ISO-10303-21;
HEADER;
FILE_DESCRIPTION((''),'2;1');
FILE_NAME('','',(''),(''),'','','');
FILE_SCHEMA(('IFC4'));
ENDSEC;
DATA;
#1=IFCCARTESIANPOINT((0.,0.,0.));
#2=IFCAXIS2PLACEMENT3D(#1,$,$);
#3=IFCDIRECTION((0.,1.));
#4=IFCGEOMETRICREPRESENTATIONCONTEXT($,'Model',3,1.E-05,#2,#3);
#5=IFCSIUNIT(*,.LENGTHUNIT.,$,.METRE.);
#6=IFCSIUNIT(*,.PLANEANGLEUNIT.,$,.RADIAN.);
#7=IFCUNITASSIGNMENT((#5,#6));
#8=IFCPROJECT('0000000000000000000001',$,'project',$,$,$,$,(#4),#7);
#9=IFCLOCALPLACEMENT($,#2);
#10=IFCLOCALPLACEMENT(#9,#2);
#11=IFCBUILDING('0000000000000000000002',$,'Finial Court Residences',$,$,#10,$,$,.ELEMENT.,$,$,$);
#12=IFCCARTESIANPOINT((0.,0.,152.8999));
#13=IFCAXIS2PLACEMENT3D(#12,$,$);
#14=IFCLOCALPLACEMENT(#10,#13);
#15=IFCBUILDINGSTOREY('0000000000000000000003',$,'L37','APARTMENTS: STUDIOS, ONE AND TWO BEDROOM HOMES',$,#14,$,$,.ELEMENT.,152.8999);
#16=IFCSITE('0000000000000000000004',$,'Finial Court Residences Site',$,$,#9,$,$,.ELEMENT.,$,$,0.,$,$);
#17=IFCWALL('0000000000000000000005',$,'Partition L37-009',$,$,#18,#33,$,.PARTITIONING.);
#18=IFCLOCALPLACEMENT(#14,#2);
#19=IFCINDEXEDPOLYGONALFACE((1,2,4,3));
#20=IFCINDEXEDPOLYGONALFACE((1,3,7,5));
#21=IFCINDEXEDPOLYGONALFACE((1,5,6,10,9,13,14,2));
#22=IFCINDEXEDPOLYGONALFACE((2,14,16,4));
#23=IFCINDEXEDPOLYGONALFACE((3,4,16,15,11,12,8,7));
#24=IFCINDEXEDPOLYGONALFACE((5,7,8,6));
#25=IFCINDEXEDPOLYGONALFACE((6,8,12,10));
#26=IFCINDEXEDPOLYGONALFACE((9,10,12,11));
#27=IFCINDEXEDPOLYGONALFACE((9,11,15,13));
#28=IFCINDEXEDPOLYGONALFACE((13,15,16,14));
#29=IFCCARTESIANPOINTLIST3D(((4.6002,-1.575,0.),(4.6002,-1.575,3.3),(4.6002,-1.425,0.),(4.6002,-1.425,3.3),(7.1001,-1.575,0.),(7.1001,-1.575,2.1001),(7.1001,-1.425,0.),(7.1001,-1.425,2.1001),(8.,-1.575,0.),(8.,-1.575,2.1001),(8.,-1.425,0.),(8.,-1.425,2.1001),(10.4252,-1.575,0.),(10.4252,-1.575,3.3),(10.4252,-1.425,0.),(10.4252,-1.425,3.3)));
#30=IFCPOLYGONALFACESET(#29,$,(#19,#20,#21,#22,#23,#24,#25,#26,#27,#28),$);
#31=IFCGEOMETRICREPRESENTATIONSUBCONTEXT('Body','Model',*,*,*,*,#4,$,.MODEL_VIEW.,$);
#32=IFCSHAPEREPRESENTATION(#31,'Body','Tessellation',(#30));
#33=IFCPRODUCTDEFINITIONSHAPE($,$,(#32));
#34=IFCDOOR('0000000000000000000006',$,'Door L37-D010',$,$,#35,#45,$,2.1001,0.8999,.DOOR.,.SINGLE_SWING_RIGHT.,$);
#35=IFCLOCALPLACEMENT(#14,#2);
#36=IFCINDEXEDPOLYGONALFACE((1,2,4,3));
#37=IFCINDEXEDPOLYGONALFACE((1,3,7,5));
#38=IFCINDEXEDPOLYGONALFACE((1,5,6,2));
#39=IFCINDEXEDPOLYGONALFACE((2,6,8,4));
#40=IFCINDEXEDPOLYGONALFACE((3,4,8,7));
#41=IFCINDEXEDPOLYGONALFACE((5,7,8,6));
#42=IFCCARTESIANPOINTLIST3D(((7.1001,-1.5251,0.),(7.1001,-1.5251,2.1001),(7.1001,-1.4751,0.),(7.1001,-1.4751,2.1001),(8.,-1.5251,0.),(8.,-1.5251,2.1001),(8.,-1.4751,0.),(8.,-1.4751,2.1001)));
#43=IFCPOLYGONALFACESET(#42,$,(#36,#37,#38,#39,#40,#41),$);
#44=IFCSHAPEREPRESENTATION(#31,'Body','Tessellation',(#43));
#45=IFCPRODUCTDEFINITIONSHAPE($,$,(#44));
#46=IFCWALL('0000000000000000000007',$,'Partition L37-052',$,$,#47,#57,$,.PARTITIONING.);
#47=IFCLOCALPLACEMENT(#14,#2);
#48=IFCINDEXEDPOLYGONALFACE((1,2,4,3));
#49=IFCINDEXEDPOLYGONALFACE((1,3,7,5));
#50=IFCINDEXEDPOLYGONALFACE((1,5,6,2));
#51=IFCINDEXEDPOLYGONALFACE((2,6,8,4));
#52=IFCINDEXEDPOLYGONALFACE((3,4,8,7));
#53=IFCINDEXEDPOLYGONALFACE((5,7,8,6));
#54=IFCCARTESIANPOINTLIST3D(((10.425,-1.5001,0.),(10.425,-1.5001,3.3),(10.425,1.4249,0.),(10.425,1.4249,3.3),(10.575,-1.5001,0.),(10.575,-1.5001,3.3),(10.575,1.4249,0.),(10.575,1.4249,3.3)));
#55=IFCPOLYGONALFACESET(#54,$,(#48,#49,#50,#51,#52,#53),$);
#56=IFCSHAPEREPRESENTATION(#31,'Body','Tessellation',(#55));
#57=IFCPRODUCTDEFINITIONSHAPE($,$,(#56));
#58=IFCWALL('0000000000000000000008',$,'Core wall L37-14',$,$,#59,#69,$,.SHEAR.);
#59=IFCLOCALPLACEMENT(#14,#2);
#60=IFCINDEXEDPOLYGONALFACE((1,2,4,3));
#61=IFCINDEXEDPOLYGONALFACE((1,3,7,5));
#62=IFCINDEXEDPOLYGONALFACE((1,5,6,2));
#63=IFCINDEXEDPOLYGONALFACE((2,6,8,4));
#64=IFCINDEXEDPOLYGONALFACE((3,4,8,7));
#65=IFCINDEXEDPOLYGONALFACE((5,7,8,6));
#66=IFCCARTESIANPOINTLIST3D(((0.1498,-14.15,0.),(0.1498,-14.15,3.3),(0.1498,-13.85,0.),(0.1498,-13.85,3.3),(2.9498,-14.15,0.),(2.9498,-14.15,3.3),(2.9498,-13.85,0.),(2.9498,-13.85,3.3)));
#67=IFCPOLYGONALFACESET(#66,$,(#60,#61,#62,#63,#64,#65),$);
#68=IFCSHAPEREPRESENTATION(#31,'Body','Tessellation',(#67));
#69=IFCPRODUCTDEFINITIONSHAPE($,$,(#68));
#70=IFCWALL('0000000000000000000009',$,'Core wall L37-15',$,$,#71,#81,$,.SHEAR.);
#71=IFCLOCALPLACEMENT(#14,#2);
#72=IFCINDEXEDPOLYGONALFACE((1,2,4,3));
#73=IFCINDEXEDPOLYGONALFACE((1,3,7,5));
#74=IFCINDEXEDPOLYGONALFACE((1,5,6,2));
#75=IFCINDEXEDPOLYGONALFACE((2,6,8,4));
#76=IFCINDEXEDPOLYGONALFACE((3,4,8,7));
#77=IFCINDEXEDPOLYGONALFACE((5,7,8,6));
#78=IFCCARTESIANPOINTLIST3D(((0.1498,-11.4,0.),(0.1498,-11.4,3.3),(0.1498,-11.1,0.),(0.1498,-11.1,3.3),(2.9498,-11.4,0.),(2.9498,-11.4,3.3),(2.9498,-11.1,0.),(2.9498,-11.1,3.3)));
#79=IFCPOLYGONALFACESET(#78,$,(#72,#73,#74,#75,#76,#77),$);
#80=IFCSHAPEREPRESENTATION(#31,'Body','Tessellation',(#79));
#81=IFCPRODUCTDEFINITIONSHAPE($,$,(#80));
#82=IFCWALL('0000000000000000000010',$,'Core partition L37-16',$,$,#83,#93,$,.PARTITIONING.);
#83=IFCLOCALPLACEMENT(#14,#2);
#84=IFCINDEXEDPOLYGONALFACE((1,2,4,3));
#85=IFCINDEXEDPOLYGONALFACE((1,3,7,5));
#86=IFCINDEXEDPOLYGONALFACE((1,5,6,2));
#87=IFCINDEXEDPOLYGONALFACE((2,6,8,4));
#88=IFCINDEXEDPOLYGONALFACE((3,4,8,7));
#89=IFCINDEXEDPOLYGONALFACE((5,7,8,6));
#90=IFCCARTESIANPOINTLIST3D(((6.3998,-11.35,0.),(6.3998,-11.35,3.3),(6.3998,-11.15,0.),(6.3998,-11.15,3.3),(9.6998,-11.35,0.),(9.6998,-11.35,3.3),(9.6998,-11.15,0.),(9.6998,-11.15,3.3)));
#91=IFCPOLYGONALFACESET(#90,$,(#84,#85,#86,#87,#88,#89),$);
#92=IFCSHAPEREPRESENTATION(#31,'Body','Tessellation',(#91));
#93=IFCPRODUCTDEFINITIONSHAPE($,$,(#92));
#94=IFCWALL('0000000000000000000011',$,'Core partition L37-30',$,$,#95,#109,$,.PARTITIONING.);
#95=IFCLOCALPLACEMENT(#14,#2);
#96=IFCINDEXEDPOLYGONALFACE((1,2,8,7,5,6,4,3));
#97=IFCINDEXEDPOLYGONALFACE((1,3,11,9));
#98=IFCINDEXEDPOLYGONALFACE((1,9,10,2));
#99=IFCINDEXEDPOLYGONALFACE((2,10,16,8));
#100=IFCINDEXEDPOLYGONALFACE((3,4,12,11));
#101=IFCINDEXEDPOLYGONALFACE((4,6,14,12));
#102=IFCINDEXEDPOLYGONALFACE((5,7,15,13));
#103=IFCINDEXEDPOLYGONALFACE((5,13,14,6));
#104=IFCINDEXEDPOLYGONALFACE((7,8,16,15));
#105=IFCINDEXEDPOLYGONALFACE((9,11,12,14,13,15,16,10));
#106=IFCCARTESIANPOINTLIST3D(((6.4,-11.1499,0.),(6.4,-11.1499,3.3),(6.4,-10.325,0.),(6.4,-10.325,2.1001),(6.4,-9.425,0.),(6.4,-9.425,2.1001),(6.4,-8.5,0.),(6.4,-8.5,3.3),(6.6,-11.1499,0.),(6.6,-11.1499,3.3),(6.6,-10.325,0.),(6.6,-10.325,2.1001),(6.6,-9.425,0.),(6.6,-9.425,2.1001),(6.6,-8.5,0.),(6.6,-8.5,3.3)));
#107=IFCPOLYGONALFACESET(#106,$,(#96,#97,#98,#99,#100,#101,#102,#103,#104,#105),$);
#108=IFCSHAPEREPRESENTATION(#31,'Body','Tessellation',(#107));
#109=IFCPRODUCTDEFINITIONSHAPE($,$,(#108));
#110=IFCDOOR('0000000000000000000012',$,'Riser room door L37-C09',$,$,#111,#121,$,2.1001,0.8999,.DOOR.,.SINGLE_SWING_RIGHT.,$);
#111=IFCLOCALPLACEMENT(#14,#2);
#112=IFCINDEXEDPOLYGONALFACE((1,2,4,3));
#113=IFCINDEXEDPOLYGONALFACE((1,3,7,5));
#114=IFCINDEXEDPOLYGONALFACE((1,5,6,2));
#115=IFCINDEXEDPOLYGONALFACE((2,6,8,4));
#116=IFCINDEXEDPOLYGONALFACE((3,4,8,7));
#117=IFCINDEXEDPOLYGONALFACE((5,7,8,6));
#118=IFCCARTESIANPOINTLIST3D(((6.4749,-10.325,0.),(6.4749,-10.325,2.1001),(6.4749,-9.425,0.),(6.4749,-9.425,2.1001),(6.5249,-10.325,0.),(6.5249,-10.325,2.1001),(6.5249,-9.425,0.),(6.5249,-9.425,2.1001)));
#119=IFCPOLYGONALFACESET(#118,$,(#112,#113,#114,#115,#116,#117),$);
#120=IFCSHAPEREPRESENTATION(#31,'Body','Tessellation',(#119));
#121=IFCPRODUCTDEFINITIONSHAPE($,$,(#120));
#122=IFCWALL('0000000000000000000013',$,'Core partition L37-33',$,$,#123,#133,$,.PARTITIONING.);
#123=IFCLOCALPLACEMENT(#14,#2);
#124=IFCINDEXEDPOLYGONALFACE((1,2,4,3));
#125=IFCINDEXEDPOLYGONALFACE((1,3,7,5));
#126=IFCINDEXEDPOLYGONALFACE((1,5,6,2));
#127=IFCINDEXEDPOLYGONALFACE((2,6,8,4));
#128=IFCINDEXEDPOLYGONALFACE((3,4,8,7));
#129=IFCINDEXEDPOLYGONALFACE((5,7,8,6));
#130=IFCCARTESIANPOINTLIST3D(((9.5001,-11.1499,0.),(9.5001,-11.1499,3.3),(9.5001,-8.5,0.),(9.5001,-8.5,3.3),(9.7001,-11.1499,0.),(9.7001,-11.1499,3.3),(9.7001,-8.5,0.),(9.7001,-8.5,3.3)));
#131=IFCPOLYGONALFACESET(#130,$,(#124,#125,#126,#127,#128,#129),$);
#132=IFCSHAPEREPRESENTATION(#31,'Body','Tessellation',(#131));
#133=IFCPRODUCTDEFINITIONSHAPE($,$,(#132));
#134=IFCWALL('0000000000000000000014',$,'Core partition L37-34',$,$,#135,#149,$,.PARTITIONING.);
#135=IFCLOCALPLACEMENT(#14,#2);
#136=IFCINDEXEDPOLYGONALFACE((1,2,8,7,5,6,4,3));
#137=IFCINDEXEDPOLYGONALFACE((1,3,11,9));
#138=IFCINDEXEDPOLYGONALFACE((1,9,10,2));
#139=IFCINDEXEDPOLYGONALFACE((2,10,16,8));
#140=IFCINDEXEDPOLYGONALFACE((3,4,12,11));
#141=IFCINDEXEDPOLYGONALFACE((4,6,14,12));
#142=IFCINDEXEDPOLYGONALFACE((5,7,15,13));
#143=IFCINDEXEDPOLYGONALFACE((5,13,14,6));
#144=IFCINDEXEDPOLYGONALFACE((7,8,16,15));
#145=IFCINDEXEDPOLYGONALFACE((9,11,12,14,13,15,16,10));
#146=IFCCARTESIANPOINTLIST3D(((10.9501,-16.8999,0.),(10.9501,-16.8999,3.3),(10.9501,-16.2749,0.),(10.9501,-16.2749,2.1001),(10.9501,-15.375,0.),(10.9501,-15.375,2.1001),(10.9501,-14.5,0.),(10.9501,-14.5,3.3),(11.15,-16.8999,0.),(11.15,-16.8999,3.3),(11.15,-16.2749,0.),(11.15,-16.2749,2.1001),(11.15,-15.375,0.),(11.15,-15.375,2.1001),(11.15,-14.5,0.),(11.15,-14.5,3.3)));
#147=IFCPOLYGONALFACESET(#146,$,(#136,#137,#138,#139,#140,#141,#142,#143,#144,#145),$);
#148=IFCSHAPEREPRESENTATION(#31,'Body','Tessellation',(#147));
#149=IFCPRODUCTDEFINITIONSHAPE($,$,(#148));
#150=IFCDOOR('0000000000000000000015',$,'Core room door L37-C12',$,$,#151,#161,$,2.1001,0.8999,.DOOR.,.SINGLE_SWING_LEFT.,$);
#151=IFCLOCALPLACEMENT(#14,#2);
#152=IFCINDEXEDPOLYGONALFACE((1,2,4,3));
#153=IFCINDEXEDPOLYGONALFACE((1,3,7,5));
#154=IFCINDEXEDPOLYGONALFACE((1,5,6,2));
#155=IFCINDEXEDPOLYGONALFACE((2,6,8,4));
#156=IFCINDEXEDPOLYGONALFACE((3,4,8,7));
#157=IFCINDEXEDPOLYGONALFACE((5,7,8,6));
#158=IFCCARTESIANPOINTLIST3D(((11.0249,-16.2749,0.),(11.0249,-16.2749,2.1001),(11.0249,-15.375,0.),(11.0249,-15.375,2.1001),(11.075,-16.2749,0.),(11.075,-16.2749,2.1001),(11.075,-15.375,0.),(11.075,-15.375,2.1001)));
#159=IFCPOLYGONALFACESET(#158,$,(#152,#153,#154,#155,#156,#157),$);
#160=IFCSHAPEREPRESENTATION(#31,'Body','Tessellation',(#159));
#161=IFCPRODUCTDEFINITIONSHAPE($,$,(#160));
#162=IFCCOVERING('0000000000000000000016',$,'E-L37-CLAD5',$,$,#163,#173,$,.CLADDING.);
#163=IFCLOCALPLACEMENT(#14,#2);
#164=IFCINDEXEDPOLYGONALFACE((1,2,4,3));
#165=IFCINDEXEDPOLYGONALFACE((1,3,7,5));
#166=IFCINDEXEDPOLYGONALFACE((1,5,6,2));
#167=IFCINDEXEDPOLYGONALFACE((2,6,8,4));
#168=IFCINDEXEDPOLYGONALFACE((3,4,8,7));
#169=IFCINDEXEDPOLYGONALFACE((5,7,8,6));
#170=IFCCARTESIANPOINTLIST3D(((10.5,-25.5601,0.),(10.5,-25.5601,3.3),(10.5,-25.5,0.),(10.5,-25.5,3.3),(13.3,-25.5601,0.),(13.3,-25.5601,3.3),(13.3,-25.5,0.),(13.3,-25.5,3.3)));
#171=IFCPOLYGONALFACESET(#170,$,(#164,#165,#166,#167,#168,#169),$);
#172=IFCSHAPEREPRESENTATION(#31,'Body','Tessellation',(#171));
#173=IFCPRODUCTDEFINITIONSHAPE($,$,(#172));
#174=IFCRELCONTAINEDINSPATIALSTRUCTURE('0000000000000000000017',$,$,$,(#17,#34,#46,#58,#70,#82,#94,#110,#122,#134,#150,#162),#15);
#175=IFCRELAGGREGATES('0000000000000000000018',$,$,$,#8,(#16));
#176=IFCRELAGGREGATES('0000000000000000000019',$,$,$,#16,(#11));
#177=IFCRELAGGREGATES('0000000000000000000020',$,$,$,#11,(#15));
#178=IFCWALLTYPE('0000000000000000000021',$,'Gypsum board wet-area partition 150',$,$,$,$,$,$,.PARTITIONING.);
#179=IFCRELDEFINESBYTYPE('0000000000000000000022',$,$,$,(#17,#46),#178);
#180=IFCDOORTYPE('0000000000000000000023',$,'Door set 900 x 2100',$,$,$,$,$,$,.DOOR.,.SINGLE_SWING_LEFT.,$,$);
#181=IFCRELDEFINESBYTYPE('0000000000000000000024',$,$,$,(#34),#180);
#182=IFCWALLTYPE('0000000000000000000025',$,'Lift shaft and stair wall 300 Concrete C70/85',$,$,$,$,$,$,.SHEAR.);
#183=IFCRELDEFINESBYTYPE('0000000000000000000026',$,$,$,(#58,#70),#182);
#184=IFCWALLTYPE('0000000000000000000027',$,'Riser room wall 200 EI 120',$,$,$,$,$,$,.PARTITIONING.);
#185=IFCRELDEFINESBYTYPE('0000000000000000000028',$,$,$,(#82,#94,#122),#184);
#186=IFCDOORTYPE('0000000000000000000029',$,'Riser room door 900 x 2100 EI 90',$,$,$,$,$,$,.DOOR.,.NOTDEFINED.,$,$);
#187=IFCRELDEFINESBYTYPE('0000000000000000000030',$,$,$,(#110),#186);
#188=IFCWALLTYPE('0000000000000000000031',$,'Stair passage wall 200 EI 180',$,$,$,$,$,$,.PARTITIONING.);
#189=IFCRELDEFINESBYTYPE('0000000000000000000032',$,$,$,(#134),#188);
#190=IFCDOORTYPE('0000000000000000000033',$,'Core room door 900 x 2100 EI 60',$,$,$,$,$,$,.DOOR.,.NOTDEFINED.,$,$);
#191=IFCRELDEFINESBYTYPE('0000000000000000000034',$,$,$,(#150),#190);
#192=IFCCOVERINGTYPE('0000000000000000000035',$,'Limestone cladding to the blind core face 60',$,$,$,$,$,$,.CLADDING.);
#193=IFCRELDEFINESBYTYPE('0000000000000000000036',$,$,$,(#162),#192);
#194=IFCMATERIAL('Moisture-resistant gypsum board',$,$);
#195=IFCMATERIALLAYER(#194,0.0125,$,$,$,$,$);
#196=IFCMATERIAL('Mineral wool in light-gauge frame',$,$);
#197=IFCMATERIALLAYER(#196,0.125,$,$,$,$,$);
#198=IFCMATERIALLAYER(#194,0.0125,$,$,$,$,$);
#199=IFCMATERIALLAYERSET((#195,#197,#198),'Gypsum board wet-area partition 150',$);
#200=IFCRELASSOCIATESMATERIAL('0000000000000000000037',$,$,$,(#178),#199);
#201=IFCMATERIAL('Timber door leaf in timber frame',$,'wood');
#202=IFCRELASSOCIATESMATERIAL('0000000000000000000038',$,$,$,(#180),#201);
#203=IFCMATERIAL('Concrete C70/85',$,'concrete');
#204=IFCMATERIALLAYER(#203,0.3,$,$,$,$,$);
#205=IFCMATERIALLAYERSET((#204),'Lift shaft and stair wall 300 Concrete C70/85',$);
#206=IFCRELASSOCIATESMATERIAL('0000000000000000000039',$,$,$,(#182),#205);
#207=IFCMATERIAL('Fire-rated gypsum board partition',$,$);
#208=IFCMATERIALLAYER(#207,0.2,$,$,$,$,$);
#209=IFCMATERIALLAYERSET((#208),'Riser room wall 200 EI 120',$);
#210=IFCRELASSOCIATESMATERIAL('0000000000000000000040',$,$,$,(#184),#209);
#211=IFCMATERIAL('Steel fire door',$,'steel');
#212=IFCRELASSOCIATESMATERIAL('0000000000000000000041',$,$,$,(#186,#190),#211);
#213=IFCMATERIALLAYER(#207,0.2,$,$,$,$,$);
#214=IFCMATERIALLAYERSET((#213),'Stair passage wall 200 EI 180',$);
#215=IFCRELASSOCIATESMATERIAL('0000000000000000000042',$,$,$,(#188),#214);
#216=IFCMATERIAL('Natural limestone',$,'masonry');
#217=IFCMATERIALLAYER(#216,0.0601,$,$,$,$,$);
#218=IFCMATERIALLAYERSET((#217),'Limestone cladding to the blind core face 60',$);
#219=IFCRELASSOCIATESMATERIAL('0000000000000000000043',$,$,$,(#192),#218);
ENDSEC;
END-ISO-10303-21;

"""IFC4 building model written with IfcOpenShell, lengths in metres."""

from ifc_helpers import new_model, si_unit, direction, frame, frame_2d, origin, place, context, subcontext, project, spatial, polyline, rectangle, outline, extrude, material, layer, layer_set, type_object, element, fill, save


model = new_model("IFC4")

# Units and contexts
model_context = context("Model", 3, precision=1e-05, world=origin(), true_north=direction((0.0, 1.0)))
body_context = subcontext(model_context, "Body", "Model", "MODEL_VIEW")
ifc_project = project(units=[si_unit("LENGTHUNIT", "METRE"), si_unit("PLANEANGLEUNIT", "RADIAN")], contexts=[model_context])

# Site, building, storey
site_placement = place(None, origin())
site = spatial("IfcSite", under=ifc_project, at=site_placement, Name="Finial Court Residences Site", CompositionType="ELEMENT", RefElevation=0.0)
building_placement = place(site_placement, origin())
building = spatial("IfcBuilding", under=site, at=building_placement, Name="Finial Court Residences", CompositionType="ELEMENT")
storey_placement = place(building_placement, frame((0.0, 0.0, 152.8999)))
storey = spatial("IfcBuildingStorey", under=building, at=storey_placement, Name="L37", Description="APARTMENTS: STUDIOS, ONE AND TWO BEDROOM HOMES", CompositionType="ELEMENT", Elevation=152.8999)

# Shared definitions
ifc_material_1 = material(Name="Fire-rated gypsum board partition")
ifc_material_2 = material(Name="Steel fire door", Category="steel")

# Shared definitions
ifc_material_3 = material(Name="Mineral wool in light-gauge frame")

# Wall, opening, door
ifc_material_4 = material(Name="Moisture-resistant gypsum board")
ifc_layer_1 = layer(ifc_material_4, 0.0125)
ifc_layer_2 = layer(ifc_material_3, 0.125)
ifc_layer_3 = layer(ifc_material_4, 0.0125)
ifc_layer_set_1 = layer_set([ifc_layer_1, ifc_layer_2, ifc_layer_3], Name="Gypsum board wet-area partition 150")
wall_type_1 = type_object("IfcWallType", Name="Gypsum board wet-area partition 150", PredefinedType="PARTITIONING", material=ifc_layer_set_1)
wall_1_placement = place(storey_placement, frame((4.6001, -1.5, 0.0), z_axis=(0.0, 0.0, 1.0), x_axis=(1.0, 0.0, 0.0)))
wall_1 = element("IfcWall", 1, at=wall_1_placement, inside=storey, type_object=wall_type_1, Name="Partition L37-009", PredefinedType="PARTITIONING", context=body_context, shape_type="SweptSolid", body=[
    extrude(rectangle(XDim=5.825, YDim=0.1499, at=frame_2d((2.9126, 0.0))), origin(), (0.0, 0.0, 1.0), 3.3),
])
opening_1_placement = place(wall_1_placement, frame((2.5, 0.0, 0.0)))
opening_1 = element("IfcOpeningElement", 2, at=opening_1_placement, cuts=wall_1, PredefinedType="OPENING", context=body_context, shape_type="SweptSolid", body=[
    extrude(rectangle(XDim=0.8999, YDim=2.1001, at=frame_2d((0.45, 1.05))), frame((0.0, 0.085, 0.0), z_axis=(0.0, -1.0, 0.0), x_axis=(1.0, 0.0, 0.0)), (0.0, 0.0, 1.0), 0.1699),
])
ifc_material_5 = material(Name="Timber door leaf in timber frame", Category="wood")
door_type_1 = type_object("IfcDoorType", Name="Door set 900 x 2100", OperationType="SINGLE_SWING_LEFT", PredefinedType="DOOR", material=ifc_material_5)
door_1_placement = place(opening_1_placement, origin())
door_1 = element("IfcDoor", 3, at=door_1_placement, inside=storey, type_object=door_type_1, Name="Door L37-D010", OperationType="SINGLE_SWING_RIGHT", OverallHeight=2.1001, OverallWidth=0.8999, PredefinedType="DOOR", context=body_context, shape_type="SweptSolid", body=[
    extrude(rectangle(XDim=0.8999, YDim=2.1001, at=frame_2d((0.45, 1.05))), frame((0.0, 0.0249, 0.0), z_axis=(0.0, -1.0, 0.0), x_axis=(1.0, 0.0, 0.0)), (0.0, 0.0, 1.0), 0.05),
])
fill(opening_1, door_1)

# Walls
wall_2_placement = place(storey_placement, frame((10.5, -1.5, 0.0), z_axis=(0.0, 0.0, 1.0), x_axis=(0.0, 1.0, 0.0)))
element("IfcWall", 4, at=wall_2_placement, inside=storey, type_object=wall_type_1, Name="Partition L37-052", PredefinedType="PARTITIONING", context=body_context, shape_type="SweptSolid", body=[
    extrude(rectangle(XDim=2.925, YDim=0.1499, at=frame_2d((1.4624, 0.0))), origin(), (0.0, 0.0, 1.0), 3.3),
])
ifc_material_6 = material(Name="Concrete C70/85", Category="concrete")
ifc_layer_4 = layer(ifc_material_6, 0.3)
ifc_layer_set_2 = layer_set([ifc_layer_4], Name="Lift shaft and stair wall 300 Concrete C70/85")
wall_type_2 = type_object("IfcWallType", Name="Lift shaft and stair wall 300 Concrete C70/85", PredefinedType="SHEAR", material=ifc_layer_set_2)
for number, where, z_axis, x_axis, name in (
    (5, (0.1499, -14.0, 0.0), (0.0, 0.0, 1.0), (1.0, 0.0, 0.0), "Core wall L37-14"),
    (6, (0.1499, -11.25, 0.0), (0.0, 0.0, 1.0), (1.0, 0.0, 0.0), "Core wall L37-15"),
):
    element("IfcWall", number, at=place(storey_placement, frame(where, z_axis=z_axis, x_axis=x_axis)), inside=storey, type_object=wall_type_2, Name=name, PredefinedType="SHEAR", context=body_context, shape_type="SweptSolid", body=[
        extrude(rectangle(XDim=2.8, YDim=0.3, at=frame_2d((1.3999, 0.0))), origin(), (0.0, 0.0, 1.0), 3.3),
    ])
ifc_layer_5 = layer(ifc_material_1, 0.2)
ifc_layer_set_3 = layer_set([ifc_layer_5], Name="Riser room wall 200 EI 120")
wall_type_3 = type_object("IfcWallType", Name="Riser room wall 200 EI 120", PredefinedType="PARTITIONING", material=ifc_layer_set_3)
wall_3_placement = place(storey_placement, frame((6.3999, -11.25, 0.0), z_axis=(0.0, 0.0, 1.0), x_axis=(1.0, 0.0, 0.0)))
element("IfcWall", 7, at=wall_3_placement, inside=storey, type_object=wall_type_3, Name="Core partition L37-16", PredefinedType="PARTITIONING", context=body_context, shape_type="SweptSolid", body=[
    extrude(rectangle(XDim=3.3, YDim=0.2, at=frame_2d((1.6499, 0.0))), origin(), (0.0, 0.0, 1.0), 3.3),
])

# Wall, opening, door
wall_4_placement = place(storey_placement, frame((6.5, -8.5, 0.0), z_axis=(0.0, 0.0, 1.0), x_axis=(0.0, -1.0, 0.0)))
wall_4 = element("IfcWall", 8, at=wall_4_placement, inside=storey, type_object=wall_type_3, Name="Core partition L37-30", PredefinedType="PARTITIONING", context=body_context, shape_type="SweptSolid", body=[
    extrude(rectangle(XDim=2.6499, YDim=0.2, at=frame_2d((1.325, 0.0))), origin(), (0.0, 0.0, 1.0), 3.3),
])
opening_2_placement = place(wall_4_placement, frame((0.925, 0.0, 0.0)))
opening_2 = element("IfcOpeningElement", 9, at=opening_2_placement, cuts=wall_4, PredefinedType="OPENING", context=body_context, shape_type="SweptSolid", body=[
    extrude(rectangle(XDim=0.8999, YDim=2.1001, at=frame_2d((0.45, 1.05))), frame((0.0, 0.1099, 0.0), z_axis=(0.0, -1.0, 0.0), x_axis=(1.0, 0.0, 0.0)), (0.0, 0.0, 1.0), 0.22),
])
door_type_2 = type_object("IfcDoorType", Name="Riser room door 900 x 2100 EI 90", OperationType="NOTDEFINED", PredefinedType="DOOR", material=ifc_material_2)
door_2_placement = place(opening_2_placement, origin())
door_2 = element("IfcDoor", 10, at=door_2_placement, inside=storey, type_object=door_type_2, Name="Riser room door L37-C09", OperationType="SINGLE_SWING_RIGHT", OverallHeight=2.1001, OverallWidth=0.8999, PredefinedType="DOOR", context=body_context, shape_type="SweptSolid", body=[
    extrude(rectangle(XDim=0.8999, YDim=2.1001, at=frame_2d((0.45, 1.05))), frame((0.0, 0.0249, 0.0), z_axis=(0.0, -1.0, 0.0), x_axis=(1.0, 0.0, 0.0)), (0.0, 0.0, 1.0), 0.05),
])
fill(opening_2, door_2)

# Wall
wall_5_placement = place(storey_placement, frame((9.6001, -11.1499, 0.0), z_axis=(0.0, 0.0, 1.0), x_axis=(0.0, 1.0, 0.0)))
element("IfcWall", 11, at=wall_5_placement, inside=storey, type_object=wall_type_3, Name="Core partition L37-33", PredefinedType="PARTITIONING", context=body_context, shape_type="SweptSolid", body=[
    extrude(rectangle(XDim=2.6499, YDim=0.2, at=frame_2d((1.325, 0.0))), origin(), (0.0, 0.0, 1.0), 3.3),
])

# Wall, opening, door
ifc_layer_6 = layer(ifc_material_1, 0.2)
ifc_layer_set_4 = layer_set([ifc_layer_6], Name="Stair passage wall 200 EI 180")
wall_type_4 = type_object("IfcWallType", Name="Stair passage wall 200 EI 180", PredefinedType="PARTITIONING", material=ifc_layer_set_4)
wall_6_placement = place(storey_placement, frame((11.05, -14.5, 0.0), z_axis=(0.0, 0.0, 1.0), x_axis=(0.0, -1.0, 0.0)))
wall_6 = element("IfcWall", 12, at=wall_6_placement, inside=storey, type_object=wall_type_4, Name="Core partition L37-34", PredefinedType="PARTITIONING", context=body_context, shape_type="SweptSolid", body=[
    extrude(rectangle(XDim=2.3999, YDim=0.2, at=frame_2d((1.2, 0.0))), origin(), (0.0, 0.0, 1.0), 3.3),
])
opening_3_placement = place(wall_6_placement, frame((0.875, 0.0, 0.0)))
opening_3 = element("IfcOpeningElement", 13, at=opening_3_placement, cuts=wall_6, PredefinedType="OPENING", context=body_context, shape_type="SweptSolid", body=[
    extrude(rectangle(XDim=0.8999, YDim=2.1001, at=frame_2d((0.45, 1.05))), frame((0.0, 0.1099, 0.0), z_axis=(0.0, -1.0, 0.0), x_axis=(1.0, 0.0, 0.0)), (0.0, 0.0, 1.0), 0.22),
])
door_type_3 = type_object("IfcDoorType", Name="Core room door 900 x 2100 EI 60", OperationType="NOTDEFINED", PredefinedType="DOOR", material=ifc_material_2)
door_3_placement = place(opening_3_placement, origin())
door_3 = element("IfcDoor", 14, at=door_3_placement, inside=storey, type_object=door_type_3, Name="Core room door L37-C12", OperationType="SINGLE_SWING_LEFT", OverallHeight=2.1001, OverallWidth=0.8999, PredefinedType="DOOR", context=body_context, shape_type="SweptSolid", body=[
    extrude(rectangle(XDim=0.8999, YDim=2.1001, at=frame_2d((0.45, 1.05))), frame((0.0, 0.0249, 0.0), z_axis=(0.0, -1.0, 0.0), x_axis=(1.0, 0.0, 0.0)), (0.0, 0.0, 1.0), 0.05),
])
fill(opening_3, door_3)

# Covering
ifc_material_7 = material(Name="Natural limestone", Category="masonry")
ifc_layer_7 = layer(ifc_material_7, 0.0601)
ifc_layer_set_5 = layer_set([ifc_layer_7], Name="Limestone cladding to the blind core face 60")
covering_type = type_object("IfcCoveringType", Name="Limestone cladding to the blind core face 60", PredefinedType="CLADDING", material=ifc_layer_set_5)
covering_placement = place(storey_placement, origin())
element("IfcCovering", 15, at=covering_placement, inside=storey, type_object=covering_type, Name="E-L37-CLAD5", PredefinedType="CLADDING", context=body_context, shape_type="SweptSolid", body=[
    extrude(outline(polyline([(13.3, -25.5601), (13.3, -25.5), (10.5, -25.5), (10.5, -25.5601), (13.3, -25.5601)])), origin(), (0.0, 0.0, 1.0), 3.3),
])

save(model, "model.ifc")
